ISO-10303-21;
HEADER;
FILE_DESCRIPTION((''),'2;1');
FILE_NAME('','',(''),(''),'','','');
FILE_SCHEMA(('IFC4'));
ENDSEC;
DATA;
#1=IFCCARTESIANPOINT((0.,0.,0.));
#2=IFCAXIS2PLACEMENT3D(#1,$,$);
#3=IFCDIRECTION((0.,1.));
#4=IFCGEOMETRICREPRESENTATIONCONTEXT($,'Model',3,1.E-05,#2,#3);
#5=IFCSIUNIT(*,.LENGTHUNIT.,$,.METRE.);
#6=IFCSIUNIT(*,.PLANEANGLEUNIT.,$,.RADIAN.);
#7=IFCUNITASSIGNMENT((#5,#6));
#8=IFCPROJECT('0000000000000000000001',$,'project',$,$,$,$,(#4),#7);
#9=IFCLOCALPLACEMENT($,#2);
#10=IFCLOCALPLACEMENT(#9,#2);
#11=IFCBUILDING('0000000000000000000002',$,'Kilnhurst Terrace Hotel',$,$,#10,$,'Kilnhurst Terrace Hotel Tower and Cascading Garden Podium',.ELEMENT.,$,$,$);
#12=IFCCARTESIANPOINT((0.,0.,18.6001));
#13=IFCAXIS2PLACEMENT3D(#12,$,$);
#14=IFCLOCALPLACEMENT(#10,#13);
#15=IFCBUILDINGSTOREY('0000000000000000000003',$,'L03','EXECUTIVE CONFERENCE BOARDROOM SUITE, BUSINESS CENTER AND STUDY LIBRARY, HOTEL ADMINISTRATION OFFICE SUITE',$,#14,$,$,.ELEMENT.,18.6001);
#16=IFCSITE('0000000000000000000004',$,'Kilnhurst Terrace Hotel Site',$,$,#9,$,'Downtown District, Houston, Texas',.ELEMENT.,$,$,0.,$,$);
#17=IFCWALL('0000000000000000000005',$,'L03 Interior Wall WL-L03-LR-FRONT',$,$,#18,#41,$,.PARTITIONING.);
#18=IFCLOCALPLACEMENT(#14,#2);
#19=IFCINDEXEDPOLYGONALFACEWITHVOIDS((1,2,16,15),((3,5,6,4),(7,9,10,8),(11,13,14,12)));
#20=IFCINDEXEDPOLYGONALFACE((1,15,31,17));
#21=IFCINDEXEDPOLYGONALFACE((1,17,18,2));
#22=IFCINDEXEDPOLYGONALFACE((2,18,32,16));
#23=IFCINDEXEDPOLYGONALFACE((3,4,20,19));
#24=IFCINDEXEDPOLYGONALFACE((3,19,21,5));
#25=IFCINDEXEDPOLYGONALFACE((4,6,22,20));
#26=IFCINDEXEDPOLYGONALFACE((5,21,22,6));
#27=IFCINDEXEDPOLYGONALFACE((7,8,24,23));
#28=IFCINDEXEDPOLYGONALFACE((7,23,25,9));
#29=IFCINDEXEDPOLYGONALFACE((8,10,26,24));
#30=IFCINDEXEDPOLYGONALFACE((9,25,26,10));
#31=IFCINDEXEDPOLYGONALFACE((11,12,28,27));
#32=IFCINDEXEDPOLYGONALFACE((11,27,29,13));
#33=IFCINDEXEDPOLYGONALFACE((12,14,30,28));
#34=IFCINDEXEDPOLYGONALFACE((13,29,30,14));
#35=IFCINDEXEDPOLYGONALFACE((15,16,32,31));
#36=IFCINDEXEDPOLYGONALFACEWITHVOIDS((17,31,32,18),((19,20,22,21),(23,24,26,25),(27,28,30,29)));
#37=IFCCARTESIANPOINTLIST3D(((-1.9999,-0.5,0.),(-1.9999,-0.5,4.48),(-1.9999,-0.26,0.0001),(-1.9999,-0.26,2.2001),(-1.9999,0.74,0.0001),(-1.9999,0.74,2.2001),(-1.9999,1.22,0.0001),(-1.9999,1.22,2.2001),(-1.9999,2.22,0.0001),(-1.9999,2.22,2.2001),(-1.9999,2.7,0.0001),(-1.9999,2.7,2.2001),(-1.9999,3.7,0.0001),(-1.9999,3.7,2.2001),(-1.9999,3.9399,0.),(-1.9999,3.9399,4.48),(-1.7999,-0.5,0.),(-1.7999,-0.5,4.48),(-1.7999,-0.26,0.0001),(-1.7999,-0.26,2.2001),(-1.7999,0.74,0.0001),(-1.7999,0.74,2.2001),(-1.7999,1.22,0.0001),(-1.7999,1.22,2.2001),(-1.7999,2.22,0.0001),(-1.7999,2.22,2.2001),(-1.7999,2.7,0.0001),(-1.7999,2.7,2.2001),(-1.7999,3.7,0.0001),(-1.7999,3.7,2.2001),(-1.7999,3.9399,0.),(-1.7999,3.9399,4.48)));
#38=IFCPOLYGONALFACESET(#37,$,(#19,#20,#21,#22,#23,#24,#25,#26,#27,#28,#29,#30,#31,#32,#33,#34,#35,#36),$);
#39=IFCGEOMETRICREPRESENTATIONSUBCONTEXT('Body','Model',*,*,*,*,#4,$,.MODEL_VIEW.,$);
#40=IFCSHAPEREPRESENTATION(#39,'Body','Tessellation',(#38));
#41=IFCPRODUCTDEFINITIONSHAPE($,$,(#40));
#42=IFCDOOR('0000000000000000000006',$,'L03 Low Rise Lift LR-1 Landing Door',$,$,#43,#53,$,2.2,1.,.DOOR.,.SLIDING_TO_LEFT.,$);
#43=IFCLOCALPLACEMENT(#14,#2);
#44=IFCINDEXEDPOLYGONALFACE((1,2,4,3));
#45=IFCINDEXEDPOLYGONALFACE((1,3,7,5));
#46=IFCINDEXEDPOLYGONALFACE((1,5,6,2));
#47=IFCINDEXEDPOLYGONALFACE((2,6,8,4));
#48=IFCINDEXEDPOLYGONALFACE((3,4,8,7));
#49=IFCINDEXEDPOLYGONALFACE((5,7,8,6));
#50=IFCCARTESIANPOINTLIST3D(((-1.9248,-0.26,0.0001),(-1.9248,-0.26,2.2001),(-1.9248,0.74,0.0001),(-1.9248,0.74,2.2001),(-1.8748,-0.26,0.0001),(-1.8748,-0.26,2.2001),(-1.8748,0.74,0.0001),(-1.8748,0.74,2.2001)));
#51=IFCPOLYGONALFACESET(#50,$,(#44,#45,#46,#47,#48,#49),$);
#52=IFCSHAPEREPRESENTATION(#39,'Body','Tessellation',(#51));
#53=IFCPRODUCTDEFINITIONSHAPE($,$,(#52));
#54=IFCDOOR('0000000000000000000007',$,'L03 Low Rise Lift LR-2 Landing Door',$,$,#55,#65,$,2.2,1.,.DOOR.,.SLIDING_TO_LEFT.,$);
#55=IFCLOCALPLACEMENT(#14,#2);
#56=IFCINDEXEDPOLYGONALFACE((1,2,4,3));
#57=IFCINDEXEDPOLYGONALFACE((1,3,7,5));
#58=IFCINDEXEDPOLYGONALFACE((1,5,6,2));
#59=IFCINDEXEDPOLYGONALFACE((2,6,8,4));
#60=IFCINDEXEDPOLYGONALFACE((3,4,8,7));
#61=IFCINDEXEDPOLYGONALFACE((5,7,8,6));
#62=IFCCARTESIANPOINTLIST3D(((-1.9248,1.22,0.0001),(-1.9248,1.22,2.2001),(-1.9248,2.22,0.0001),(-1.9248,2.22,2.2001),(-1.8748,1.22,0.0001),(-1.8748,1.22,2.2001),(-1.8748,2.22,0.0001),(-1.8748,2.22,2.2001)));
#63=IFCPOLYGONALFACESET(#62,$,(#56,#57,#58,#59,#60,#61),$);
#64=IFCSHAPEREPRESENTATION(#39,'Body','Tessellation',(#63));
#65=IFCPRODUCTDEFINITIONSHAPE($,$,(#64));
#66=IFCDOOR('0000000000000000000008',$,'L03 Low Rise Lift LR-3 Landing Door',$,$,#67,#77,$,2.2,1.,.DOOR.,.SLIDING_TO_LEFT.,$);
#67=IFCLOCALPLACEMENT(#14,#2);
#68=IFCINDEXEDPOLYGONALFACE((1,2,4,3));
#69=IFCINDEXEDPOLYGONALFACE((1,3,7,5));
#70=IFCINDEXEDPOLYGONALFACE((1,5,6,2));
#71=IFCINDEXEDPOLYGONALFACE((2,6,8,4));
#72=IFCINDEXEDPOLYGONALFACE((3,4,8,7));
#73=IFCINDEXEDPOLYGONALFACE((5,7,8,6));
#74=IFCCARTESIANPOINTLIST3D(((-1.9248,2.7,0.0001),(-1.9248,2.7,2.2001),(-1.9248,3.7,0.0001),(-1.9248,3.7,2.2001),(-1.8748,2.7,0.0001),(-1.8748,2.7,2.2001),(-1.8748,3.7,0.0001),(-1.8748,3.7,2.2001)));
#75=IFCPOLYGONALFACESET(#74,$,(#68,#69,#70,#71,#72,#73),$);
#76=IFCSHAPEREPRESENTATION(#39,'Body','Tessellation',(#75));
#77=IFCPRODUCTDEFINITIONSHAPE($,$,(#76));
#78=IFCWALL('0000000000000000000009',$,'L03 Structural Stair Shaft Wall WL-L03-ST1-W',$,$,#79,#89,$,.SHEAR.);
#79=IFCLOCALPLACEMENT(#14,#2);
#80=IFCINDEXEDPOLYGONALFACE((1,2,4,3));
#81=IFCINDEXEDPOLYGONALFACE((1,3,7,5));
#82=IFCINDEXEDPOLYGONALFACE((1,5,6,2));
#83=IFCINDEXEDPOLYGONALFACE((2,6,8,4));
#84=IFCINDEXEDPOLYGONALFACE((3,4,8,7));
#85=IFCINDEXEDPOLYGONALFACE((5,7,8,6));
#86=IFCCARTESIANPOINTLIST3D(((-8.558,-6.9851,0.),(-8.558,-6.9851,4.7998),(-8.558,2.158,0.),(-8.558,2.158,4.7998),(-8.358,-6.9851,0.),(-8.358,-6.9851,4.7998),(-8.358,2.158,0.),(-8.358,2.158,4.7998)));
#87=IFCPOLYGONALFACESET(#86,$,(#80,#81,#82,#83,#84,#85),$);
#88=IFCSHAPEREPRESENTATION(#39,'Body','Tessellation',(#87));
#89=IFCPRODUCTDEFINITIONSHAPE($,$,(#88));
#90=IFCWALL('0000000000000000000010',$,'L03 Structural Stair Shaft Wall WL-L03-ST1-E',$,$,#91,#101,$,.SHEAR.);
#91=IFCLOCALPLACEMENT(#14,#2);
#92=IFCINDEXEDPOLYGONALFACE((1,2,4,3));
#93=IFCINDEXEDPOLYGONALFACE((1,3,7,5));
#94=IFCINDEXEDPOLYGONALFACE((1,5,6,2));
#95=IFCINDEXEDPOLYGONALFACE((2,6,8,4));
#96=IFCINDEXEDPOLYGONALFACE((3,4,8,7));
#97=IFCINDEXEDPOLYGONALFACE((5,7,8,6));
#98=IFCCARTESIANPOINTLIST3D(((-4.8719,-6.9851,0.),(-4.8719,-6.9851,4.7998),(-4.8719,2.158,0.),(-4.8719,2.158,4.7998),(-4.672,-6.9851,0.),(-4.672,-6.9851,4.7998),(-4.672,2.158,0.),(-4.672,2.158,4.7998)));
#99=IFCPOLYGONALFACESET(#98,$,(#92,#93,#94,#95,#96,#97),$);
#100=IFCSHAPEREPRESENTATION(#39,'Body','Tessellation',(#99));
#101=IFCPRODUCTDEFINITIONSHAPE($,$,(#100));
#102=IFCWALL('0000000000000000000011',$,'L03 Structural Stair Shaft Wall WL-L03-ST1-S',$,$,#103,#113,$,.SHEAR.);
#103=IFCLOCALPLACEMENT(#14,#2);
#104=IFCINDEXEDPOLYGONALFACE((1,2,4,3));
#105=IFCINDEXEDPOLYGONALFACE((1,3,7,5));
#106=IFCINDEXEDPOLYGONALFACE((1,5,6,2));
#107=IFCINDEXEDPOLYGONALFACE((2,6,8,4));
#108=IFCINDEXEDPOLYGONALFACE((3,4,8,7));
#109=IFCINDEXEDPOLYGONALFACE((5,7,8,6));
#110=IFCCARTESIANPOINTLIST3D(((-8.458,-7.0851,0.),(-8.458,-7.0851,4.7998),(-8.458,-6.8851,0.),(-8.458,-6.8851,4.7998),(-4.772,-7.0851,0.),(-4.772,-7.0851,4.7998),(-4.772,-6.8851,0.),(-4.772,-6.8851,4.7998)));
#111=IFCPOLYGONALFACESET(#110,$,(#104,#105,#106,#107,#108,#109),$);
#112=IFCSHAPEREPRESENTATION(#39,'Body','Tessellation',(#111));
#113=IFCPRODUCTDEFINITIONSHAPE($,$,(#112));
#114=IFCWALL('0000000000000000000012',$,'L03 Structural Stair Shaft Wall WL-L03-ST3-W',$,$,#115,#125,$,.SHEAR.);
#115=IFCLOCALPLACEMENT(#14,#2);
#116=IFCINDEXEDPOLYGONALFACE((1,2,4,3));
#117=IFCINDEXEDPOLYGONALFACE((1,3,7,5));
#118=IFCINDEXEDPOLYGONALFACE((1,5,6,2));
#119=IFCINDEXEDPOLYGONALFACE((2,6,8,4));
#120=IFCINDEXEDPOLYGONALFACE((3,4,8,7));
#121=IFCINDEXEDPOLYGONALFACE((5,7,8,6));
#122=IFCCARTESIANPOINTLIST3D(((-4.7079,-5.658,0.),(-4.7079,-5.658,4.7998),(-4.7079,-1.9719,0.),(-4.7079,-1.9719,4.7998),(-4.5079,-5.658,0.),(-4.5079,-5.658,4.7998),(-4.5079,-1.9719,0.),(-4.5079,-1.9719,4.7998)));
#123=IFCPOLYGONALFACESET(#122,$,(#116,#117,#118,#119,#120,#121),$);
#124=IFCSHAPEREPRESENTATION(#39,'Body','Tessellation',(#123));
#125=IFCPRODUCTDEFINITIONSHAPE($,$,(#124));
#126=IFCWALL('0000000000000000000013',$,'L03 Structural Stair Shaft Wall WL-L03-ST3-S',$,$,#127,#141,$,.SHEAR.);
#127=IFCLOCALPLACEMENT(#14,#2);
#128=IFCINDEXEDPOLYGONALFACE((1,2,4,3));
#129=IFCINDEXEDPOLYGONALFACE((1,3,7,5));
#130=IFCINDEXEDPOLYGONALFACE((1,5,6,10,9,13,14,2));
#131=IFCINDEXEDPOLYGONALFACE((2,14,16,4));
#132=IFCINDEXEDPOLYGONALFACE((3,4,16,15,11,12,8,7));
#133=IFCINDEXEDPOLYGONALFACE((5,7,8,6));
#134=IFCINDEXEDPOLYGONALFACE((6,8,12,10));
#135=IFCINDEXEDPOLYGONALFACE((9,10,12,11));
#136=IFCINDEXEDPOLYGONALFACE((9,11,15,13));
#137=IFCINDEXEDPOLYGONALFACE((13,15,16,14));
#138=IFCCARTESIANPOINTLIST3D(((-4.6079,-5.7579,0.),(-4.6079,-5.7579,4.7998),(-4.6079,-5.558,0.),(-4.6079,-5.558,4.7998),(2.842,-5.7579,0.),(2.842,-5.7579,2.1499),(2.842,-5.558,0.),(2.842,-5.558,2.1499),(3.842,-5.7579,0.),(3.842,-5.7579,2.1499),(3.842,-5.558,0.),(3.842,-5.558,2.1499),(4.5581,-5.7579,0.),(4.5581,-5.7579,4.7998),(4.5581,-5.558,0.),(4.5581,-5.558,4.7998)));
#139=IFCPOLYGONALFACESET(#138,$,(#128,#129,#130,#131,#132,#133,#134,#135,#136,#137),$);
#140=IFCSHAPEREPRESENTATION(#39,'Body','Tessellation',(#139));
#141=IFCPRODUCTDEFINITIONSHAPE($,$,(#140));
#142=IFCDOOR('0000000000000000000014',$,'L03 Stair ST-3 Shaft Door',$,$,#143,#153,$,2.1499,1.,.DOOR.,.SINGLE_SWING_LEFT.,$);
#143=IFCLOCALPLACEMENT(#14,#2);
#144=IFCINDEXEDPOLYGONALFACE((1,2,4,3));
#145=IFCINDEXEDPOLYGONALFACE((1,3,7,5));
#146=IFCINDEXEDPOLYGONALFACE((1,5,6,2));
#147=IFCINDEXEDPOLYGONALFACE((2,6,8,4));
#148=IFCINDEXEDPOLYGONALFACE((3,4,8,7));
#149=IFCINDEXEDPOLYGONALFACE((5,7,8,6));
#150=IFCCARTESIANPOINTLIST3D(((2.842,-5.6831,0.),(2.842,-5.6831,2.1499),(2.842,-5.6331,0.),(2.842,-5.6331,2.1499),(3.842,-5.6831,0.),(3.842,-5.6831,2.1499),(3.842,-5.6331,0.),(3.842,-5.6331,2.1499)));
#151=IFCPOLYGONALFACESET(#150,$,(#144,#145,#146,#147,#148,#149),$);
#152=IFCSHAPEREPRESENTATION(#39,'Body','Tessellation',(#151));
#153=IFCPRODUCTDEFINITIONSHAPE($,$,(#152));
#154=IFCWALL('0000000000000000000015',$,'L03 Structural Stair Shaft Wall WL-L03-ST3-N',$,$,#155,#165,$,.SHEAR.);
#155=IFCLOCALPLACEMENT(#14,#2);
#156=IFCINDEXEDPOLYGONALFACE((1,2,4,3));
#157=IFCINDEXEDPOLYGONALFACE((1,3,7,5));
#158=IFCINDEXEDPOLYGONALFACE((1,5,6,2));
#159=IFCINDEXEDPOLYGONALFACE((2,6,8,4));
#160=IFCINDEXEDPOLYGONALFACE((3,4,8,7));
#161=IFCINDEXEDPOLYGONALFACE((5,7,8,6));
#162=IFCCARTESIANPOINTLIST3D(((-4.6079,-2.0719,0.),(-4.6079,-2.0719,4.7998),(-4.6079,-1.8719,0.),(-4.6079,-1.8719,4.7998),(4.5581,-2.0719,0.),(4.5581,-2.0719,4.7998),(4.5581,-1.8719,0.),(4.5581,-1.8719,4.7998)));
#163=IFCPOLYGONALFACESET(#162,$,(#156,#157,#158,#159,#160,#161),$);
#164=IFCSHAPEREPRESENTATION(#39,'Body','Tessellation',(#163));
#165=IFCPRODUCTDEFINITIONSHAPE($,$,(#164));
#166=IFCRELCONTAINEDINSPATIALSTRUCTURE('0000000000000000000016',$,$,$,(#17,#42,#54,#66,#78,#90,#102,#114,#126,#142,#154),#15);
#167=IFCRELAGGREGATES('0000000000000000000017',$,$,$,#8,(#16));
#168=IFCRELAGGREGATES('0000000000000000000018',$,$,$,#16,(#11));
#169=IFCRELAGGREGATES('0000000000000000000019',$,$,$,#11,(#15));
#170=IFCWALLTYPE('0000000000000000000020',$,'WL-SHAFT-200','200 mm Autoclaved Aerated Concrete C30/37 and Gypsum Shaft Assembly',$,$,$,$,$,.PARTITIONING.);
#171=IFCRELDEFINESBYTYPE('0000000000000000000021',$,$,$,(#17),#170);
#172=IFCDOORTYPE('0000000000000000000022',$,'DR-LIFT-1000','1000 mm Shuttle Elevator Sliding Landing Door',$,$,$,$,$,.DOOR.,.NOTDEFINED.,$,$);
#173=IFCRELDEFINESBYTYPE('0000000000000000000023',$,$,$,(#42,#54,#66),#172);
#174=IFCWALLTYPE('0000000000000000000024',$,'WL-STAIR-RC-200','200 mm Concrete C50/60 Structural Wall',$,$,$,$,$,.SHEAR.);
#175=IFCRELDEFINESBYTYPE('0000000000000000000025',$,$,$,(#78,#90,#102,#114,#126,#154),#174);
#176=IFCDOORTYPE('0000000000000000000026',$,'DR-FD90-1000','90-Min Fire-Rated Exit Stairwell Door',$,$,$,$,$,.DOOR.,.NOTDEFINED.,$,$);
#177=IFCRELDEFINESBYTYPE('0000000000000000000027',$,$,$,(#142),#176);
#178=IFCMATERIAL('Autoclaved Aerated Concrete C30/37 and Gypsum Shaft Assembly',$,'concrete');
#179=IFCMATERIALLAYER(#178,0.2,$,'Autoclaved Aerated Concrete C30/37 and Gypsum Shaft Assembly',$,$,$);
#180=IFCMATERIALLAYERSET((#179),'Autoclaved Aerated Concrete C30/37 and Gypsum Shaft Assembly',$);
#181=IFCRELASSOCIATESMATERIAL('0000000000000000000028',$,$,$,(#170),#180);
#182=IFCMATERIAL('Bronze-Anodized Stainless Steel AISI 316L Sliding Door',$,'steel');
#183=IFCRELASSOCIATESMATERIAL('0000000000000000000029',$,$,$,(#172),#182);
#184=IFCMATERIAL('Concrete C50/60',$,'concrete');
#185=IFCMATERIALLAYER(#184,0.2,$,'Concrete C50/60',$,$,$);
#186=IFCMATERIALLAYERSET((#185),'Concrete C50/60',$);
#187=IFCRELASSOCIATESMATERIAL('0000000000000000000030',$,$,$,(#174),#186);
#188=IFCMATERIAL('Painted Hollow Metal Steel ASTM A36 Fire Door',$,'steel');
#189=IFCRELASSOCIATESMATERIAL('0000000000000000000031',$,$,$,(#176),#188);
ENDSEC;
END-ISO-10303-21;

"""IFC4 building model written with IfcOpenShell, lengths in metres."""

from ifc_helpers import new_model, si_unit, direction, frame, frame_2d, origin, place, context, subcontext, project, spatial, rectangle, extrude, material, layer, layer_set, type_object, element, fill, save


model = new_model("IFC4")

# Units and contexts
model_context = context("Model", 3, precision=1e-05, world=origin(), true_north=direction((0.0, 1.0)))
body_context = subcontext(model_context, "Body", "Model", "MODEL_VIEW")
ifc_project = project(units=[si_unit("LENGTHUNIT", "METRE"), si_unit("PLANEANGLEUNIT", "RADIAN")], contexts=[model_context])

# Site, building, storey
site_placement = place(None, origin())
site = spatial("IfcSite", under=ifc_project, at=site_placement, Name="Kilnhurst Terrace Hotel Site", LongName="Downtown District, Houston, Texas", CompositionType="ELEMENT", RefElevation=0.0)
building_placement = place(site_placement, origin())
building = spatial("IfcBuilding", under=site, at=building_placement, Name="Kilnhurst Terrace Hotel", LongName="Kilnhurst Terrace Hotel Tower and Cascading Garden Podium", CompositionType="ELEMENT")
storey_placement = place(building_placement, frame((0.0, 0.0, 18.6001)))
storey = spatial("IfcBuildingStorey", under=building, at=storey_placement, Name="L03", Description="EXECUTIVE CONFERENCE BOARDROOM SUITE, BUSINESS CENTER AND STUDY LIBRARY, HOTEL ADMINISTRATION OFFICE SUITE", CompositionType="ELEMENT", Elevation=18.6001)

# Shared definitions
ifc_material_1 = material(Name="Concrete C50/60", Category="concrete")

# Shared definitions
ifc_material_2 = material(Name="Painted Hollow Metal Steel ASTM A36 Fire Door", Category="steel")

# Shared definitions
ifc_material_3 = material(Name="Autoclaved Aerated Concrete C30/37 and Gypsum Shaft Assembly", Category="concrete")
ifc_layer_1 = layer(ifc_material_3, 0.2, Name="Autoclaved Aerated Concrete C30/37 and Gypsum Shaft Assembly")
ifc_layer_set_1 = layer_set([ifc_layer_1], Name="Autoclaved Aerated Concrete C30/37 and Gypsum Shaft Assembly")
wall_type_1 = type_object("IfcWallType", Name="WL-SHAFT-200", Description="200 mm Autoclaved Aerated Concrete C30/37 and Gypsum Shaft Assembly", PredefinedType="PARTITIONING", material=ifc_layer_set_1)
ifc_material_4 = material(Name="Bronze-Anodized Stainless Steel AISI 316L Sliding Door", Category="steel")
door_type_1 = type_object("IfcDoorType", Name="DR-LIFT-1000", Description="1000 mm Shuttle Elevator Sliding Landing Door", OperationType="NOTDEFINED", PredefinedType="DOOR", material=ifc_material_4)

# Wall, openings, doors
wall_1_placement = place(storey_placement, frame((-1.8999, -0.5, 0.0), z_axis=(0.0, 0.0, 1.0), x_axis=(0.0, 1.0, 0.0)))
wall_1 = element("IfcWall", 1, at=wall_1_placement, inside=storey, type_object=wall_type_1, Name="L03 Interior Wall WL-L03-LR-FRONT", PredefinedType="PARTITIONING", context=body_context, shape_type="SweptSolid", body=[
    extrude(rectangle(XDim=4.4399, YDim=0.2, at=frame_2d((2.22, 0.0))), origin(), (0.0, 0.0, 1.0), 4.48),
])
opening_1_placement = place(wall_1_placement, frame((0.24, 0.0, 0.0)))
opening_1 = element("IfcOpeningElement", 2, at=opening_1_placement, cuts=wall_1, PredefinedType="OPENING", context=body_context, shape_type="SweptSolid", body=[
    extrude(rectangle(XDim=1.0, YDim=2.2, at=frame_2d((0.5, 1.1001))), frame((0.0, 0.1099, 0.0), z_axis=(0.0, -1.0, 0.0), x_axis=(1.0, 0.0, 0.0)), (0.0, 0.0, 1.0), 0.22),
])
opening_2_placement = place(wall_1_placement, frame((1.72, 0.0, 0.0)))
opening_2 = element("IfcOpeningElement", 3, at=opening_2_placement, cuts=wall_1, PredefinedType="OPENING", context=body_context, shape_type="SweptSolid", body=[
    extrude(rectangle(XDim=1.0, YDim=2.2, at=frame_2d((0.5, 1.1001))), frame((0.0, 0.1099, 0.0), z_axis=(0.0, -1.0, 0.0), x_axis=(1.0, 0.0, 0.0)), (0.0, 0.0, 1.0), 0.22),
])
opening_3_placement = place(wall_1_placement, frame((3.2, 0.0, 0.0)))
opening_3 = element("IfcOpeningElement", 4, at=opening_3_placement, cuts=wall_1, PredefinedType="OPENING", context=body_context, shape_type="SweptSolid", body=[
    extrude(rectangle(XDim=1.0, YDim=2.2, at=frame_2d((0.5, 1.1001))), frame((0.0, 0.1099, 0.0), z_axis=(0.0, -1.0, 0.0), x_axis=(1.0, 0.0, 0.0)), (0.0, 0.0, 1.0), 0.22),
])
door_1_placement = place(opening_1_placement, origin())
door_1 = element("IfcDoor", 5, at=door_1_placement, inside=storey, type_object=door_type_1, Name="L03 Low Rise Lift LR-1 Landing Door", OperationType="SLIDING_TO_LEFT", OverallHeight=2.2, OverallWidth=1.0, PredefinedType="DOOR", context=body_context, shape_type="SweptSolid", body=[
    extrude(rectangle(XDim=1.0, YDim=2.2, at=frame_2d((0.5, 1.1001))), frame((0.0, 0.0249, 0.0), z_axis=(0.0, -1.0, 0.0), x_axis=(1.0, 0.0, 0.0)), (0.0, 0.0, 1.0), 0.05),
])
fill(opening_1, door_1)
door_2_placement = place(opening_2_placement, origin())
door_2 = element("IfcDoor", 6, at=door_2_placement, inside=storey, type_object=door_type_1, Name="L03 Low Rise Lift LR-2 Landing Door", OperationType="SLIDING_TO_LEFT", OverallHeight=2.2, OverallWidth=1.0, PredefinedType="DOOR", context=body_context, shape_type="SweptSolid", body=[
    extrude(rectangle(XDim=1.0, YDim=2.2, at=frame_2d((0.5, 1.1001))), frame((0.0, 0.0249, 0.0), z_axis=(0.0, -1.0, 0.0), x_axis=(1.0, 0.0, 0.0)), (0.0, 0.0, 1.0), 0.05),
])
fill(opening_2, door_2)
door_3_placement = place(opening_3_placement, origin())
door_3 = element("IfcDoor", 7, at=door_3_placement, inside=storey, type_object=door_type_1, Name="L03 Low Rise Lift LR-3 Landing Door", OperationType="SLIDING_TO_LEFT", OverallHeight=2.2, OverallWidth=1.0, PredefinedType="DOOR", context=body_context, shape_type="SweptSolid", body=[
    extrude(rectangle(XDim=1.0, YDim=2.2, at=frame_2d((0.5, 1.1001))), frame((0.0, 0.0249, 0.0), z_axis=(0.0, -1.0, 0.0), x_axis=(1.0, 0.0, 0.0)), (0.0, 0.0, 1.0), 0.05),
])
fill(opening_3, door_3)

# Walls
ifc_layer_2 = layer(ifc_material_1, 0.2, Name="Concrete C50/60")
ifc_layer_set_2 = layer_set([ifc_layer_2], Name="Concrete C50/60")
wall_type_2 = type_object("IfcWallType", Name="WL-STAIR-RC-200", Description="200 mm Concrete C50/60 Structural Wall", PredefinedType="SHEAR", material=ifc_layer_set_2)
for number, where, z_axis, x_axis, name in (
    (8, (-8.458, -6.9851, 0.0), (0.0, 0.0, 1.0), (0.0, 1.0, 0.0), "L03 Structural Stair Shaft Wall WL-L03-ST1-W"),
    (9, (-4.772, -6.9851, 0.0), (0.0, 0.0, 1.0), (0.0, 1.0, 0.0), "L03 Structural Stair Shaft Wall WL-L03-ST1-E"),
):
    element("IfcWall", number, at=place(storey_placement, frame(where, z_axis=z_axis, x_axis=x_axis)), inside=storey, type_object=wall_type_2, Name=name, PredefinedType="SHEAR", context=body_context, shape_type="SweptSolid", body=[
        extrude(rectangle(XDim=9.1431, YDim=0.2, at=frame_2d((4.5715, 0.0))), origin(), (0.0, 0.0, 1.0), 4.7998),
    ])
for number, where, z_axis, x_axis, name in (
    (10, (-8.458, -6.9851, 0.0), (0.0, 0.0, 1.0), (1.0, 0.0, 0.0), "L03 Structural Stair Shaft Wall WL-L03-ST1-S"),
    (11, (-4.6079, -5.658, 0.0), (0.0, 0.0, 1.0), (0.0, 1.0, 0.0), "L03 Structural Stair Shaft Wall WL-L03-ST3-W"),
):
    element("IfcWall", number, at=place(storey_placement, frame(where, z_axis=z_axis, x_axis=x_axis)), inside=storey, type_object=wall_type_2, Name=name, PredefinedType="SHEAR", context=body_context, shape_type="SweptSolid", body=[
        extrude(rectangle(XDim=3.686, YDim=0.2, at=frame_2d((1.843, 0.0))), origin(), (0.0, 0.0, 1.0), 4.7998),
    ])

# Wall, opening, door
wall_2_placement = place(storey_placement, frame((-4.6079, -5.658, 0.0), z_axis=(0.0, 0.0, 1.0), x_axis=(1.0, 0.0, 0.0)))
wall_2 = element("IfcWall", 12, at=wall_2_placement, inside=storey, type_object=wall_type_2, Name="L03 Structural Stair Shaft Wall WL-L03-ST3-S", PredefinedType="SHEAR", context=body_context, shape_type="SweptSolid", body=[
    extrude(rectangle(XDim=9.166, YDim=0.2, at=frame_2d((4.583, 0.0))), origin(), (0.0, 0.0, 1.0), 4.7998),
])
opening_4_placement = place(wall_2_placement, frame((7.45, 0.0, 0.0)))
opening_4 = element("IfcOpeningElement", 13, at=opening_4_placement, cuts=wall_2, PredefinedType="OPENING", context=body_context, shape_type="SweptSolid", body=[
    extrude(rectangle(XDim=1.0, YDim=2.1499, at=frame_2d((0.5, 1.075))), frame((0.0, 0.1099, 0.0), z_axis=(0.0, -1.0, 0.0), x_axis=(1.0, 0.0, 0.0)), (0.0, 0.0, 1.0), 0.22),
])
door_type_2 = type_object("IfcDoorType", Name="DR-FD90-1000", Description="90-Min Fire-Rated Exit Stairwell Door", OperationType="NOTDEFINED", PredefinedType="DOOR", material=ifc_material_2)
door_4_placement = place(opening_4_placement, origin())
door_4 = element("IfcDoor", 14, at=door_4_placement, inside=storey, type_object=door_type_2, Name="L03 Stair ST-3 Shaft Door", OperationType="SINGLE_SWING_LEFT", OverallHeight=2.1499, OverallWidth=1.0, PredefinedType="DOOR", context=body_context, shape_type="SweptSolid", body=[
    extrude(rectangle(XDim=1.0, YDim=2.1499, at=frame_2d((0.5, 1.075))), frame((0.0, 0.0249, 0.0), z_axis=(0.0, -1.0, 0.0), x_axis=(1.0, 0.0, 0.0)), (0.0, 0.0, 1.0), 0.05),
])
fill(opening_4, door_4)

# Wall
wall_3_placement = place(storey_placement, frame((-4.6079, -1.9719, 0.0), z_axis=(0.0, 0.0, 1.0), x_axis=(1.0, 0.0, 0.0)))
element("IfcWall", 15, at=wall_3_placement, inside=storey, type_object=wall_type_2, Name="L03 Structural Stair Shaft Wall WL-L03-ST3-N", PredefinedType="SHEAR", context=body_context, shape_type="SweptSolid", body=[
    extrude(rectangle(XDim=9.166, YDim=0.2, at=frame_2d((4.583, 0.0))), origin(), (0.0, 0.0, 1.0), 4.7998),
])

save(model, "model.ifc")
